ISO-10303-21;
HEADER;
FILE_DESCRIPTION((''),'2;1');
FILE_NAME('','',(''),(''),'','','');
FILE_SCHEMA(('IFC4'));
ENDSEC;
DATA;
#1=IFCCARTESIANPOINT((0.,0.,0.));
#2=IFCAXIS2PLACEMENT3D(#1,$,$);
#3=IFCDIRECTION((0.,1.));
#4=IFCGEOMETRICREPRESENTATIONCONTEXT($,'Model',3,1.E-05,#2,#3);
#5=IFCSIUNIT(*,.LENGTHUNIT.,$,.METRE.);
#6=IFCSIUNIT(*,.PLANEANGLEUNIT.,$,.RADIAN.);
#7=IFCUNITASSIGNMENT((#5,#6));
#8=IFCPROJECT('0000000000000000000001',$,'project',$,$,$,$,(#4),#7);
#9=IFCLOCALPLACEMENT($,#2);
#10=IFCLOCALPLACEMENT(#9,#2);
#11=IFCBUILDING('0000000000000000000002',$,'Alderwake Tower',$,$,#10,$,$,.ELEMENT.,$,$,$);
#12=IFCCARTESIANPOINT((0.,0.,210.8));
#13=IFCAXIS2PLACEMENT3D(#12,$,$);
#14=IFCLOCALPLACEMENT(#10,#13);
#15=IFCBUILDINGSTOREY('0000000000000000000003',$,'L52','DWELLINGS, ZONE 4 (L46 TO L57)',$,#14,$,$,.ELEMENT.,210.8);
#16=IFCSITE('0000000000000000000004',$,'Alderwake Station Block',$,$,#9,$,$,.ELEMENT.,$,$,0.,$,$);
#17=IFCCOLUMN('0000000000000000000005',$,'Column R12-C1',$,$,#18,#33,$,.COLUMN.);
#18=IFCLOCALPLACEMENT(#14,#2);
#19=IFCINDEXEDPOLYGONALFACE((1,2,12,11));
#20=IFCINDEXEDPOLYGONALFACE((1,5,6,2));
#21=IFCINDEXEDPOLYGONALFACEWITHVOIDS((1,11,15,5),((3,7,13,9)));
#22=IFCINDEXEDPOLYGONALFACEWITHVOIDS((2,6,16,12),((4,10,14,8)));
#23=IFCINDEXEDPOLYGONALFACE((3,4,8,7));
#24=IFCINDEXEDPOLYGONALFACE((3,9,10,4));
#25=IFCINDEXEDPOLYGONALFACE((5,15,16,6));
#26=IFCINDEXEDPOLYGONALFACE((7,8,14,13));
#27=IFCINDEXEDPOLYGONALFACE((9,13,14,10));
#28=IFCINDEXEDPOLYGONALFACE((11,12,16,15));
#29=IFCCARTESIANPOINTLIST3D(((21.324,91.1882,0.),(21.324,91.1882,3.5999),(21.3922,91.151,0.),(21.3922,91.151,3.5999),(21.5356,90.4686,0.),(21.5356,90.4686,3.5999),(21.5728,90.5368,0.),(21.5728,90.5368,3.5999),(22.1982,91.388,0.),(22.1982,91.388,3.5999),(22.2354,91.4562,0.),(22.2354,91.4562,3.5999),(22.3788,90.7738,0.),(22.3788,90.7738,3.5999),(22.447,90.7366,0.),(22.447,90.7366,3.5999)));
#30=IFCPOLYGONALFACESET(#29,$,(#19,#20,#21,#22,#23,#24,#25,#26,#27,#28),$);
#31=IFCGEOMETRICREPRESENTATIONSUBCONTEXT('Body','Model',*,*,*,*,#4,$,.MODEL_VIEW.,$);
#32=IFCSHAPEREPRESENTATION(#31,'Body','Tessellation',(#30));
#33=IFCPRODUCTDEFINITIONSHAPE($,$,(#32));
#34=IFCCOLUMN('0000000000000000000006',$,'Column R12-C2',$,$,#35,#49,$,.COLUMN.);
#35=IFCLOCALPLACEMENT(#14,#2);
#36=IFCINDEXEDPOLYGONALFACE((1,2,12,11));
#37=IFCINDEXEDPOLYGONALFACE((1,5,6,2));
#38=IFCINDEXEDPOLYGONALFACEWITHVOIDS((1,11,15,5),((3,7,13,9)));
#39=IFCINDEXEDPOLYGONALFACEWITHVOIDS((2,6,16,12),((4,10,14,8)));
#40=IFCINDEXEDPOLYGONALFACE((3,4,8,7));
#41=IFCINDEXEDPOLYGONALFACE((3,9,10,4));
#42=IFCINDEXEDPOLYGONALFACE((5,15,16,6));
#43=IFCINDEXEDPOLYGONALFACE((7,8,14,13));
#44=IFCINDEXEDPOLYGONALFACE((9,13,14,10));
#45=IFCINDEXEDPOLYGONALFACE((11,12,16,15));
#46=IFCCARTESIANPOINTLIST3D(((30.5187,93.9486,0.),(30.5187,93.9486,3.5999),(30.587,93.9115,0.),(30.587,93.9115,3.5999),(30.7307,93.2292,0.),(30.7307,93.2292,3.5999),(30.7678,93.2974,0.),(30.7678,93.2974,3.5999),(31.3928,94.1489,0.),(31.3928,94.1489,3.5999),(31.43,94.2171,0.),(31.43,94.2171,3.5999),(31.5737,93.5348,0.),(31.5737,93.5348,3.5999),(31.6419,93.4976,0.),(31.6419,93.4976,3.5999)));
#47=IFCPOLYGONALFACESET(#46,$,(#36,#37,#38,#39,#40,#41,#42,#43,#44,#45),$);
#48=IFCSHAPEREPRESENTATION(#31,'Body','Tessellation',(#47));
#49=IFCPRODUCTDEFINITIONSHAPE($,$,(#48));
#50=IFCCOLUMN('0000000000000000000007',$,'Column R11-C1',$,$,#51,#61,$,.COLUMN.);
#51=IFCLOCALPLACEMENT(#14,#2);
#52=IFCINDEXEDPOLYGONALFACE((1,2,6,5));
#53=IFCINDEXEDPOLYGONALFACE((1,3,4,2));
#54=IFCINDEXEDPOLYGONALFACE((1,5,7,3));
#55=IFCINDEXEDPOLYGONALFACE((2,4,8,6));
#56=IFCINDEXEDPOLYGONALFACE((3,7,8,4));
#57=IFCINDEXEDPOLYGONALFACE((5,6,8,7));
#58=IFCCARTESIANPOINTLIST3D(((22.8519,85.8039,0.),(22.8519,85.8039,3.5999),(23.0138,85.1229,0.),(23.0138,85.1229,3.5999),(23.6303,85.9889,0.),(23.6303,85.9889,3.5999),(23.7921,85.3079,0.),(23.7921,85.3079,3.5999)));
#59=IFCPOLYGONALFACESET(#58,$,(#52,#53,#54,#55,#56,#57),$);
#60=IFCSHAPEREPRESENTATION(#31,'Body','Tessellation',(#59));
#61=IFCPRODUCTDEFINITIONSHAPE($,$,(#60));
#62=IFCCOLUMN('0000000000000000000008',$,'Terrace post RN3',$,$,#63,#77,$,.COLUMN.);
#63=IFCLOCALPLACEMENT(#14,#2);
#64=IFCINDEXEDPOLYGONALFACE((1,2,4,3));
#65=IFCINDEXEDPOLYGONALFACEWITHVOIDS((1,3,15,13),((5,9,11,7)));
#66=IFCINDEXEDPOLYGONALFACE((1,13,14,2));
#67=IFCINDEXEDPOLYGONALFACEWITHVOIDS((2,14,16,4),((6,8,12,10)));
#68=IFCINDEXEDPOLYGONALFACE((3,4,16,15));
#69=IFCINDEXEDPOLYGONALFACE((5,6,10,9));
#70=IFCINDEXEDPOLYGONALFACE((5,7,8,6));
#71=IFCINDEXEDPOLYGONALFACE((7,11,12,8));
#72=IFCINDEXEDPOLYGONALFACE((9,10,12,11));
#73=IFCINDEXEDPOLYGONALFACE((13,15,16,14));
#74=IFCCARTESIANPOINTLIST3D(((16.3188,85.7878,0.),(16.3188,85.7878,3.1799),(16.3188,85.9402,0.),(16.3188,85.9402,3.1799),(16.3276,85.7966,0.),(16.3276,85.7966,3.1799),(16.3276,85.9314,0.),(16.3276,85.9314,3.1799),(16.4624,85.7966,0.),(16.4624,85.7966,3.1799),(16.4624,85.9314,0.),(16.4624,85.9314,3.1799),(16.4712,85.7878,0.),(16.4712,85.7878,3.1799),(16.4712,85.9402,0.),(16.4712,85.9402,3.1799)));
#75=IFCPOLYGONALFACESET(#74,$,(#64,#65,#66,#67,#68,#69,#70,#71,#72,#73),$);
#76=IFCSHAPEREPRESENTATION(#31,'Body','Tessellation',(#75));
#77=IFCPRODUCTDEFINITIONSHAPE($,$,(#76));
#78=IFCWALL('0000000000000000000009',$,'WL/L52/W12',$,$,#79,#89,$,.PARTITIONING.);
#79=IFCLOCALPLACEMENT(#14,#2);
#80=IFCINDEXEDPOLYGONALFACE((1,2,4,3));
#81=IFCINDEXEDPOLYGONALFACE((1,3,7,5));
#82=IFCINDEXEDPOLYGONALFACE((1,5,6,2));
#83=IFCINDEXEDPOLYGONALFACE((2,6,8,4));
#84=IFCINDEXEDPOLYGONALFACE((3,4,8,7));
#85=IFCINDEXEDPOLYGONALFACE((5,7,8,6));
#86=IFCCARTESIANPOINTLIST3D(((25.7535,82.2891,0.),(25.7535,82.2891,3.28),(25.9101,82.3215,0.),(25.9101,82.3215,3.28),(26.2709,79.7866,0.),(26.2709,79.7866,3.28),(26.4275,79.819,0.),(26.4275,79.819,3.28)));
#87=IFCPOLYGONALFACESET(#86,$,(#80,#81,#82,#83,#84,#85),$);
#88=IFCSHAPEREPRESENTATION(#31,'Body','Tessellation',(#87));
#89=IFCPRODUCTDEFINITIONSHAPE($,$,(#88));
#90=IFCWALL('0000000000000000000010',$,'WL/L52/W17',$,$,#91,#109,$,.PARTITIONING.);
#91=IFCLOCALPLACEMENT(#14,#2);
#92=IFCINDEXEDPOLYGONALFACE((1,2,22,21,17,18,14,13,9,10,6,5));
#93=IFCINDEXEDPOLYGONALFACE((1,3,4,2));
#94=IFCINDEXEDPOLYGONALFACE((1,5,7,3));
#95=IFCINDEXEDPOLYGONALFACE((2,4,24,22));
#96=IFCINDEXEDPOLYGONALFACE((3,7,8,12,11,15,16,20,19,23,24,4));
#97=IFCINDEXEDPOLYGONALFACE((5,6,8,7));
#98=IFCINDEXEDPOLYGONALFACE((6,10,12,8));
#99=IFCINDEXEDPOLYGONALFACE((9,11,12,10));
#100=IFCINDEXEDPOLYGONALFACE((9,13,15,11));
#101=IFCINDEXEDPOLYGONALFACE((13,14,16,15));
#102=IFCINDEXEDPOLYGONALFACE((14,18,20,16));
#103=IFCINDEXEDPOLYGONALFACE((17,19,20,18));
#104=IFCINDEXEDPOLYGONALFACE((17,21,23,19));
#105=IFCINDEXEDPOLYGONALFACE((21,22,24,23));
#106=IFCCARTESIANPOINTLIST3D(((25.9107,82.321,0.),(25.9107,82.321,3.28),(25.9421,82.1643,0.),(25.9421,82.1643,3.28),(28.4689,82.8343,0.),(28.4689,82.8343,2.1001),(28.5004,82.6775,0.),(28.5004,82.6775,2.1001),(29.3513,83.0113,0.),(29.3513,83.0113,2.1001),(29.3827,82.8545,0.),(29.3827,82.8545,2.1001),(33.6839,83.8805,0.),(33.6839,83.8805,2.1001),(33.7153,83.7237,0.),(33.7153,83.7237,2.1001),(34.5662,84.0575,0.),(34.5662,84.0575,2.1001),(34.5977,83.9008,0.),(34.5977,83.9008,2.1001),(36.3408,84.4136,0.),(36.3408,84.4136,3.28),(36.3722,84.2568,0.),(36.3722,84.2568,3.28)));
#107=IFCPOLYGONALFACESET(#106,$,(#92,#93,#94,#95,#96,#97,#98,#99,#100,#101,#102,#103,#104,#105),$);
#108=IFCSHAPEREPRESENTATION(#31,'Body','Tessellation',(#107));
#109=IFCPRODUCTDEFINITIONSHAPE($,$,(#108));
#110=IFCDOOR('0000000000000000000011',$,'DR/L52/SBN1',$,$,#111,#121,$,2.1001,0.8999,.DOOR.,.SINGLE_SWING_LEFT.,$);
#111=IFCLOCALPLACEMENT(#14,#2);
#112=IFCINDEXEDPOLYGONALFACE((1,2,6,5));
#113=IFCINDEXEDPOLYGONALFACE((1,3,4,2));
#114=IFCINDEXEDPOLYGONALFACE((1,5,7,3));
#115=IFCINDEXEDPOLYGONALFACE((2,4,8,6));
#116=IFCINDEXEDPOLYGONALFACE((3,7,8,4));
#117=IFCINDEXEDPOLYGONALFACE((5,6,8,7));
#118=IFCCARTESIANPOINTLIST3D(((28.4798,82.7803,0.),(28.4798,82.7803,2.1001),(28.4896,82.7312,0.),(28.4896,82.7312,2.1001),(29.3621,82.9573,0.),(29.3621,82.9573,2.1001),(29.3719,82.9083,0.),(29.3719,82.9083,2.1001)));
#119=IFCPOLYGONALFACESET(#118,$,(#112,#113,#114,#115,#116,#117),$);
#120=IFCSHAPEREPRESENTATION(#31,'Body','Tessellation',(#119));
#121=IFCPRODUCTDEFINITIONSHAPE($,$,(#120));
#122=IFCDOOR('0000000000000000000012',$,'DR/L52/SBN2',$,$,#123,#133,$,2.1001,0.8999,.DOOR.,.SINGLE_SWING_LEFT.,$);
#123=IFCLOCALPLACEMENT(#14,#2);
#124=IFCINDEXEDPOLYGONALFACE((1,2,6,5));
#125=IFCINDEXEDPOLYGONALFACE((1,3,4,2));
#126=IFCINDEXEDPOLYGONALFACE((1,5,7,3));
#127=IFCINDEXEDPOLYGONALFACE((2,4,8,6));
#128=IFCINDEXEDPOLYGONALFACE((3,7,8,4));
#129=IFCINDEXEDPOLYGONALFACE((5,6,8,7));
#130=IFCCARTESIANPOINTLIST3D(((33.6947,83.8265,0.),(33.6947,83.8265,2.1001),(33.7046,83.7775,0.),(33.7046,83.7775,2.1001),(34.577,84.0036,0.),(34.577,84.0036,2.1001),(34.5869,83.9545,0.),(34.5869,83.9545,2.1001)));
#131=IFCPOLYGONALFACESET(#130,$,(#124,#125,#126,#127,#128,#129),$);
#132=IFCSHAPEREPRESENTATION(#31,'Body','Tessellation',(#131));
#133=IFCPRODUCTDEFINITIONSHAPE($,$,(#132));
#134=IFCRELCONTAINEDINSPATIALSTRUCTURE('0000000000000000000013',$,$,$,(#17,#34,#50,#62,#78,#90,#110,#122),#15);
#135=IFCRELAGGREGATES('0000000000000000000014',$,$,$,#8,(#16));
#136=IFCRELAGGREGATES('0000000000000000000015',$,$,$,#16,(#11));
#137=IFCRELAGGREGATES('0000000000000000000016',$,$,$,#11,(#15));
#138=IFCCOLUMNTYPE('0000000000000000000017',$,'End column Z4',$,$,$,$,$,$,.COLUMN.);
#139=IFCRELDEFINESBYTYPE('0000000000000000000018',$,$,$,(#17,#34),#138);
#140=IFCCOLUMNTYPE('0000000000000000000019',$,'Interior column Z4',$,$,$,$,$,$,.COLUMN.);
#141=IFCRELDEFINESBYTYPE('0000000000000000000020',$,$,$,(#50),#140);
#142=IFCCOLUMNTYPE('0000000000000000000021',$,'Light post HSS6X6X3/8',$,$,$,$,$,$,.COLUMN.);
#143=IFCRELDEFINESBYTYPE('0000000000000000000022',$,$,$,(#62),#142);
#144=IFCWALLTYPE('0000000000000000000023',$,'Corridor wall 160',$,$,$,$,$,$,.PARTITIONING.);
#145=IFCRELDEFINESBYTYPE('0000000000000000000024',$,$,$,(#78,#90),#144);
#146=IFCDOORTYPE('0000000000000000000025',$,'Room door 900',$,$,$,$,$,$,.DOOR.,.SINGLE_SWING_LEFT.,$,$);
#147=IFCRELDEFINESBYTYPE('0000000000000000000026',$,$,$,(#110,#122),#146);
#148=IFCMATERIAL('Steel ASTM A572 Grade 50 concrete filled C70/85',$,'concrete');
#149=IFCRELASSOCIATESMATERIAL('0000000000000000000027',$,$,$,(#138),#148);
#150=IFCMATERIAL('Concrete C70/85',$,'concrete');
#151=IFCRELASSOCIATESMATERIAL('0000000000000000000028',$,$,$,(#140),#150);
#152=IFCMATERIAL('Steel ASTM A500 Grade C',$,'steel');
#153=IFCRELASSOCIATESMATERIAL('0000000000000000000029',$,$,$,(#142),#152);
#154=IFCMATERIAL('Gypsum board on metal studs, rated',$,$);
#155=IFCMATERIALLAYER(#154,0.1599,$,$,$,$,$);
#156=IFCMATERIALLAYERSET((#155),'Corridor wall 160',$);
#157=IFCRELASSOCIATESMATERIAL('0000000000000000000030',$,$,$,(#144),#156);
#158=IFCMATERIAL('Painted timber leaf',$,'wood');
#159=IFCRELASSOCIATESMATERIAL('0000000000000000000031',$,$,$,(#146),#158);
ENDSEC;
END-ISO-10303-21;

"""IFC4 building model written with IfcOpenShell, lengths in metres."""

from ifc_helpers import new_model, si_unit, direction, frame, frame_2d, origin, origin_2d, place, context, subcontext, project, spatial, rectangle, hollow_rectangle, extrude, material, layer, layer_set, material_profile, profile_set, type_object, element, fill, save


model = new_model("IFC4")

# Units and contexts
model_context = context("Model", 3, precision=1e-05, world=origin(), true_north=direction((0.0, 1.0)))
body_context = subcontext(model_context, "Body", "Model", "MODEL_VIEW")
ifc_project = project(units=[si_unit("LENGTHUNIT", "METRE"), si_unit("PLANEANGLEUNIT", "RADIAN")], contexts=[model_context])

# Site, building, storey
site_placement = place(None, origin())
site = spatial("IfcSite", under=ifc_project, at=site_placement, Name="Alderwake Station Block", CompositionType="ELEMENT", RefElevation=0.0)
building_placement = place(site_placement, origin())
building = spatial("IfcBuilding", under=site, at=building_placement, Name="Alderwake Tower", CompositionType="ELEMENT")
storey_placement = place(building_placement, frame((0.0, 0.0, 210.8)))
storey = spatial("IfcBuildingStorey", under=building, at=storey_placement, Name="L52", Description="DWELLINGS, ZONE 4 (L46 TO L57)", CompositionType="ELEMENT", Elevation=210.8)

# Columns
ifc_material_1 = material(Name="Steel ASTM A572 Grade 50 concrete filled C70/85", Category="concrete")
ifc_material_profile_1 = material_profile(ifc_material_1, hollow_rectangle(XDim=0.75, YDim=0.95, WallThickness=0.0549, at=origin_2d()), Name="BOX 950X750X55")
ifc_profile_set_1 = profile_set([ifc_material_profile_1], Name="Steel ASTM A572 Grade 50 concrete filled C70/85")
column_type_1 = type_object("IfcColumnType", Name="End column Z4", PredefinedType="COLUMN", material=ifc_profile_set_1)
for number, where, z_axis, x_axis, name in (
    (1, (21.8855, 90.9624, 0.0), (0.0, 0.0, 1.0), (-0.282132, 0.959376, 0.0), "Column R12-C1"),
    (2, (31.0803, 93.7231, 0.0), (0.0, 0.0, 1.0), (-0.282583, 0.959243, 0.0), "Column R12-C2"),
):
    element("IfcColumn", number, at=place(storey_placement, frame(where, z_axis=z_axis, x_axis=x_axis)), inside=storey, type_object=column_type_1, Name=name, PredefinedType="COLUMN", context=body_context, shape_type="SweptSolid", body=[
        extrude(hollow_rectangle(XDim=0.75, YDim=0.95, WallThickness=0.0549, at=origin_2d()), origin(), (0.0, 0.0, 1.0), 3.5999),
    ])
ifc_material_2 = material(Name="Concrete C70/85", Category="concrete")
ifc_material_profile_2 = material_profile(ifc_material_2, rectangle(XDim=0.7, YDim=0.8, at=origin_2d()), Name="RC 800X700")
ifc_profile_set_2 = profile_set([ifc_material_profile_2], Name="Concrete C70/85")
column_type_2 = type_object("IfcColumnType", Name="Interior column Z4", PredefinedType="COLUMN", material=ifc_profile_set_2)
column_1_placement = place(storey_placement, frame((23.322, 85.5559, 0.0), z_axis=(0.0, 0.0, 1.0), x_axis=(-0.231222, 0.972901, 0.0)))
element("IfcColumn", 3, at=column_1_placement, inside=storey, type_object=column_type_2, Name="Column R11-C1", PredefinedType="COLUMN", context=body_context, shape_type="SweptSolid", body=[
    extrude(rectangle(XDim=0.7, YDim=0.8, at=origin_2d()), origin(), (0.0, 0.0, 1.0), 3.5999),
])
ifc_material_3 = material(Name="Steel ASTM A500 Grade C", Category="steel")
ifc_material_profile_3 = material_profile(ifc_material_3, hollow_rectangle(XDim=0.1523, YDim=0.1523, WallThickness=0.0088, at=origin_2d()), Name="HSS6X6X3/8")
ifc_profile_set_3 = profile_set([ifc_material_profile_3], Name="Steel ASTM A500 Grade C")
column_type_3 = type_object("IfcColumnType", Name="Light post HSS6X6X3/8", PredefinedType="COLUMN", material=ifc_profile_set_3)
column_2_placement = place(storey_placement, frame((16.395, 85.864, 0.0), z_axis=(0.0, 0.0, 1.0), x_axis=(1.0, 0.0, 0.0)))
element("IfcColumn", 4, at=column_2_placement, inside=storey, type_object=column_type_3, Name="Terrace post RN3", PredefinedType="COLUMN", context=body_context, shape_type="SweptSolid", body=[
    extrude(hollow_rectangle(XDim=0.1523, YDim=0.1523, WallThickness=0.0088, at=origin_2d()), origin(), (0.0, 0.0, 1.0), 3.1799),
])

# Wall
ifc_material_4 = material(Name="Gypsum board on metal studs, rated")
ifc_layer_1 = layer(ifc_material_4, 0.1599)
ifc_layer_set_1 = layer_set([ifc_layer_1], Name="Corridor wall 160")
wall_type_1 = type_object("IfcWallType", Name="Corridor wall 160", PredefinedType="PARTITIONING", material=ifc_layer_set_1)
wall_1_placement = place(storey_placement, frame((25.8318, 82.3054, 0.0), z_axis=(0.0, 0.0, 1.0), x_axis=(0.202451, -0.979292, 0.0)))
element("IfcWall", 5, at=wall_1_placement, inside=storey, type_object=wall_type_1, Name="WL/L52/W12", PredefinedType="PARTITIONING", context=body_context, shape_type="SweptSolid", body=[
    extrude(rectangle(XDim=2.5554, YDim=0.1599, at=frame_2d((1.2778, 0.0))), origin(), (0.0, 0.0, 1.0), 3.28),
])

# Wall, openings, doors
wall_2_placement = place(storey_placement, frame((25.9265, 82.2427, 0.0), z_axis=(0.0, 0.0, 1.0), x_axis=(0.980463, 0.196703, 0.0)))
wall_2 = element("IfcWall", 6, at=wall_2_placement, inside=storey, type_object=wall_type_1, Name="WL/L52/W17", PredefinedType="PARTITIONING", context=body_context, shape_type="SweptSolid", body=[
    extrude(rectangle(XDim=10.6379, YDim=0.1599, at=frame_2d((5.3188, 0.0))), origin(), (0.0, 0.0, 1.0), 3.28),
])
opening_1_placement = place(wall_2_placement, frame((2.6091, 0.0, 0.0)))
opening_1 = element("IfcOpeningElement", 7, at=opening_1_placement, cuts=wall_2, PredefinedType="OPENING", context=body_context, shape_type="SweptSolid", body=[
    extrude(rectangle(XDim=0.8999, YDim=2.1001, at=frame_2d((0.45, 1.05))), frame((0.0, 0.0898, 0.0), z_axis=(0.0, -1.0, 0.0), x_axis=(1.0, 0.0, 0.0)), (0.0, 0.0, 1.0), 0.1799),
])
opening_2_placement = place(wall_2_placement, frame((7.928, 0.0, 0.0)))
opening_2 = element("IfcOpeningElement", 8, at=opening_2_placement, cuts=wall_2, PredefinedType="OPENING", context=body_context, shape_type="SweptSolid", body=[
    extrude(rectangle(XDim=0.8999, YDim=2.1001, at=frame_2d((0.45, 1.05))), frame((0.0, 0.0898, 0.0), z_axis=(0.0, -1.0, 0.0), x_axis=(1.0, 0.0, 0.0)), (0.0, 0.0, 1.0), 0.1799),
])
ifc_material_5 = material(Name="Painted timber leaf", Category="wood")
door_type_1 = type_object("IfcDoorType", Name="Room door 900", OperationType="SINGLE_SWING_LEFT", PredefinedType="DOOR", material=ifc_material_5)
door_1_placement = place(opening_1_placement, origin())
door_1 = element("IfcDoor", 9, at=door_1_placement, inside=storey, type_object=door_type_1, Name="DR/L52/SBN1", OperationType="SINGLE_SWING_LEFT", OverallHeight=2.1001, OverallWidth=0.8999, PredefinedType="DOOR", context=body_context, shape_type="SweptSolid", body=[
    extrude(rectangle(XDim=0.8999, YDim=2.1001, at=frame_2d((0.45, 1.05))), frame((0.0, 0.0249, 0.0), z_axis=(0.0, -1.0, 0.0), x_axis=(1.0, 0.0, 0.0)), (0.0, 0.0, 1.0), 0.05),
])
fill(opening_1, door_1)
door_2_placement = place(opening_2_placement, origin())
door_2 = element("IfcDoor", 10, at=door_2_placement, inside=storey, type_object=door_type_1, Name="DR/L52/SBN2", OperationType="SINGLE_SWING_LEFT", OverallHeight=2.1001, OverallWidth=0.8999, PredefinedType="DOOR", context=body_context, shape_type="SweptSolid", body=[
    extrude(rectangle(XDim=0.8999, YDim=2.1001, at=frame_2d((0.45, 1.05))), frame((0.0, 0.0249, 0.0), z_axis=(0.0, -1.0, 0.0), x_axis=(1.0, 0.0, 0.0)), (0.0, 0.0, 1.0), 0.05),
])
fill(opening_2, door_2)

save(model, "model.ifc")
